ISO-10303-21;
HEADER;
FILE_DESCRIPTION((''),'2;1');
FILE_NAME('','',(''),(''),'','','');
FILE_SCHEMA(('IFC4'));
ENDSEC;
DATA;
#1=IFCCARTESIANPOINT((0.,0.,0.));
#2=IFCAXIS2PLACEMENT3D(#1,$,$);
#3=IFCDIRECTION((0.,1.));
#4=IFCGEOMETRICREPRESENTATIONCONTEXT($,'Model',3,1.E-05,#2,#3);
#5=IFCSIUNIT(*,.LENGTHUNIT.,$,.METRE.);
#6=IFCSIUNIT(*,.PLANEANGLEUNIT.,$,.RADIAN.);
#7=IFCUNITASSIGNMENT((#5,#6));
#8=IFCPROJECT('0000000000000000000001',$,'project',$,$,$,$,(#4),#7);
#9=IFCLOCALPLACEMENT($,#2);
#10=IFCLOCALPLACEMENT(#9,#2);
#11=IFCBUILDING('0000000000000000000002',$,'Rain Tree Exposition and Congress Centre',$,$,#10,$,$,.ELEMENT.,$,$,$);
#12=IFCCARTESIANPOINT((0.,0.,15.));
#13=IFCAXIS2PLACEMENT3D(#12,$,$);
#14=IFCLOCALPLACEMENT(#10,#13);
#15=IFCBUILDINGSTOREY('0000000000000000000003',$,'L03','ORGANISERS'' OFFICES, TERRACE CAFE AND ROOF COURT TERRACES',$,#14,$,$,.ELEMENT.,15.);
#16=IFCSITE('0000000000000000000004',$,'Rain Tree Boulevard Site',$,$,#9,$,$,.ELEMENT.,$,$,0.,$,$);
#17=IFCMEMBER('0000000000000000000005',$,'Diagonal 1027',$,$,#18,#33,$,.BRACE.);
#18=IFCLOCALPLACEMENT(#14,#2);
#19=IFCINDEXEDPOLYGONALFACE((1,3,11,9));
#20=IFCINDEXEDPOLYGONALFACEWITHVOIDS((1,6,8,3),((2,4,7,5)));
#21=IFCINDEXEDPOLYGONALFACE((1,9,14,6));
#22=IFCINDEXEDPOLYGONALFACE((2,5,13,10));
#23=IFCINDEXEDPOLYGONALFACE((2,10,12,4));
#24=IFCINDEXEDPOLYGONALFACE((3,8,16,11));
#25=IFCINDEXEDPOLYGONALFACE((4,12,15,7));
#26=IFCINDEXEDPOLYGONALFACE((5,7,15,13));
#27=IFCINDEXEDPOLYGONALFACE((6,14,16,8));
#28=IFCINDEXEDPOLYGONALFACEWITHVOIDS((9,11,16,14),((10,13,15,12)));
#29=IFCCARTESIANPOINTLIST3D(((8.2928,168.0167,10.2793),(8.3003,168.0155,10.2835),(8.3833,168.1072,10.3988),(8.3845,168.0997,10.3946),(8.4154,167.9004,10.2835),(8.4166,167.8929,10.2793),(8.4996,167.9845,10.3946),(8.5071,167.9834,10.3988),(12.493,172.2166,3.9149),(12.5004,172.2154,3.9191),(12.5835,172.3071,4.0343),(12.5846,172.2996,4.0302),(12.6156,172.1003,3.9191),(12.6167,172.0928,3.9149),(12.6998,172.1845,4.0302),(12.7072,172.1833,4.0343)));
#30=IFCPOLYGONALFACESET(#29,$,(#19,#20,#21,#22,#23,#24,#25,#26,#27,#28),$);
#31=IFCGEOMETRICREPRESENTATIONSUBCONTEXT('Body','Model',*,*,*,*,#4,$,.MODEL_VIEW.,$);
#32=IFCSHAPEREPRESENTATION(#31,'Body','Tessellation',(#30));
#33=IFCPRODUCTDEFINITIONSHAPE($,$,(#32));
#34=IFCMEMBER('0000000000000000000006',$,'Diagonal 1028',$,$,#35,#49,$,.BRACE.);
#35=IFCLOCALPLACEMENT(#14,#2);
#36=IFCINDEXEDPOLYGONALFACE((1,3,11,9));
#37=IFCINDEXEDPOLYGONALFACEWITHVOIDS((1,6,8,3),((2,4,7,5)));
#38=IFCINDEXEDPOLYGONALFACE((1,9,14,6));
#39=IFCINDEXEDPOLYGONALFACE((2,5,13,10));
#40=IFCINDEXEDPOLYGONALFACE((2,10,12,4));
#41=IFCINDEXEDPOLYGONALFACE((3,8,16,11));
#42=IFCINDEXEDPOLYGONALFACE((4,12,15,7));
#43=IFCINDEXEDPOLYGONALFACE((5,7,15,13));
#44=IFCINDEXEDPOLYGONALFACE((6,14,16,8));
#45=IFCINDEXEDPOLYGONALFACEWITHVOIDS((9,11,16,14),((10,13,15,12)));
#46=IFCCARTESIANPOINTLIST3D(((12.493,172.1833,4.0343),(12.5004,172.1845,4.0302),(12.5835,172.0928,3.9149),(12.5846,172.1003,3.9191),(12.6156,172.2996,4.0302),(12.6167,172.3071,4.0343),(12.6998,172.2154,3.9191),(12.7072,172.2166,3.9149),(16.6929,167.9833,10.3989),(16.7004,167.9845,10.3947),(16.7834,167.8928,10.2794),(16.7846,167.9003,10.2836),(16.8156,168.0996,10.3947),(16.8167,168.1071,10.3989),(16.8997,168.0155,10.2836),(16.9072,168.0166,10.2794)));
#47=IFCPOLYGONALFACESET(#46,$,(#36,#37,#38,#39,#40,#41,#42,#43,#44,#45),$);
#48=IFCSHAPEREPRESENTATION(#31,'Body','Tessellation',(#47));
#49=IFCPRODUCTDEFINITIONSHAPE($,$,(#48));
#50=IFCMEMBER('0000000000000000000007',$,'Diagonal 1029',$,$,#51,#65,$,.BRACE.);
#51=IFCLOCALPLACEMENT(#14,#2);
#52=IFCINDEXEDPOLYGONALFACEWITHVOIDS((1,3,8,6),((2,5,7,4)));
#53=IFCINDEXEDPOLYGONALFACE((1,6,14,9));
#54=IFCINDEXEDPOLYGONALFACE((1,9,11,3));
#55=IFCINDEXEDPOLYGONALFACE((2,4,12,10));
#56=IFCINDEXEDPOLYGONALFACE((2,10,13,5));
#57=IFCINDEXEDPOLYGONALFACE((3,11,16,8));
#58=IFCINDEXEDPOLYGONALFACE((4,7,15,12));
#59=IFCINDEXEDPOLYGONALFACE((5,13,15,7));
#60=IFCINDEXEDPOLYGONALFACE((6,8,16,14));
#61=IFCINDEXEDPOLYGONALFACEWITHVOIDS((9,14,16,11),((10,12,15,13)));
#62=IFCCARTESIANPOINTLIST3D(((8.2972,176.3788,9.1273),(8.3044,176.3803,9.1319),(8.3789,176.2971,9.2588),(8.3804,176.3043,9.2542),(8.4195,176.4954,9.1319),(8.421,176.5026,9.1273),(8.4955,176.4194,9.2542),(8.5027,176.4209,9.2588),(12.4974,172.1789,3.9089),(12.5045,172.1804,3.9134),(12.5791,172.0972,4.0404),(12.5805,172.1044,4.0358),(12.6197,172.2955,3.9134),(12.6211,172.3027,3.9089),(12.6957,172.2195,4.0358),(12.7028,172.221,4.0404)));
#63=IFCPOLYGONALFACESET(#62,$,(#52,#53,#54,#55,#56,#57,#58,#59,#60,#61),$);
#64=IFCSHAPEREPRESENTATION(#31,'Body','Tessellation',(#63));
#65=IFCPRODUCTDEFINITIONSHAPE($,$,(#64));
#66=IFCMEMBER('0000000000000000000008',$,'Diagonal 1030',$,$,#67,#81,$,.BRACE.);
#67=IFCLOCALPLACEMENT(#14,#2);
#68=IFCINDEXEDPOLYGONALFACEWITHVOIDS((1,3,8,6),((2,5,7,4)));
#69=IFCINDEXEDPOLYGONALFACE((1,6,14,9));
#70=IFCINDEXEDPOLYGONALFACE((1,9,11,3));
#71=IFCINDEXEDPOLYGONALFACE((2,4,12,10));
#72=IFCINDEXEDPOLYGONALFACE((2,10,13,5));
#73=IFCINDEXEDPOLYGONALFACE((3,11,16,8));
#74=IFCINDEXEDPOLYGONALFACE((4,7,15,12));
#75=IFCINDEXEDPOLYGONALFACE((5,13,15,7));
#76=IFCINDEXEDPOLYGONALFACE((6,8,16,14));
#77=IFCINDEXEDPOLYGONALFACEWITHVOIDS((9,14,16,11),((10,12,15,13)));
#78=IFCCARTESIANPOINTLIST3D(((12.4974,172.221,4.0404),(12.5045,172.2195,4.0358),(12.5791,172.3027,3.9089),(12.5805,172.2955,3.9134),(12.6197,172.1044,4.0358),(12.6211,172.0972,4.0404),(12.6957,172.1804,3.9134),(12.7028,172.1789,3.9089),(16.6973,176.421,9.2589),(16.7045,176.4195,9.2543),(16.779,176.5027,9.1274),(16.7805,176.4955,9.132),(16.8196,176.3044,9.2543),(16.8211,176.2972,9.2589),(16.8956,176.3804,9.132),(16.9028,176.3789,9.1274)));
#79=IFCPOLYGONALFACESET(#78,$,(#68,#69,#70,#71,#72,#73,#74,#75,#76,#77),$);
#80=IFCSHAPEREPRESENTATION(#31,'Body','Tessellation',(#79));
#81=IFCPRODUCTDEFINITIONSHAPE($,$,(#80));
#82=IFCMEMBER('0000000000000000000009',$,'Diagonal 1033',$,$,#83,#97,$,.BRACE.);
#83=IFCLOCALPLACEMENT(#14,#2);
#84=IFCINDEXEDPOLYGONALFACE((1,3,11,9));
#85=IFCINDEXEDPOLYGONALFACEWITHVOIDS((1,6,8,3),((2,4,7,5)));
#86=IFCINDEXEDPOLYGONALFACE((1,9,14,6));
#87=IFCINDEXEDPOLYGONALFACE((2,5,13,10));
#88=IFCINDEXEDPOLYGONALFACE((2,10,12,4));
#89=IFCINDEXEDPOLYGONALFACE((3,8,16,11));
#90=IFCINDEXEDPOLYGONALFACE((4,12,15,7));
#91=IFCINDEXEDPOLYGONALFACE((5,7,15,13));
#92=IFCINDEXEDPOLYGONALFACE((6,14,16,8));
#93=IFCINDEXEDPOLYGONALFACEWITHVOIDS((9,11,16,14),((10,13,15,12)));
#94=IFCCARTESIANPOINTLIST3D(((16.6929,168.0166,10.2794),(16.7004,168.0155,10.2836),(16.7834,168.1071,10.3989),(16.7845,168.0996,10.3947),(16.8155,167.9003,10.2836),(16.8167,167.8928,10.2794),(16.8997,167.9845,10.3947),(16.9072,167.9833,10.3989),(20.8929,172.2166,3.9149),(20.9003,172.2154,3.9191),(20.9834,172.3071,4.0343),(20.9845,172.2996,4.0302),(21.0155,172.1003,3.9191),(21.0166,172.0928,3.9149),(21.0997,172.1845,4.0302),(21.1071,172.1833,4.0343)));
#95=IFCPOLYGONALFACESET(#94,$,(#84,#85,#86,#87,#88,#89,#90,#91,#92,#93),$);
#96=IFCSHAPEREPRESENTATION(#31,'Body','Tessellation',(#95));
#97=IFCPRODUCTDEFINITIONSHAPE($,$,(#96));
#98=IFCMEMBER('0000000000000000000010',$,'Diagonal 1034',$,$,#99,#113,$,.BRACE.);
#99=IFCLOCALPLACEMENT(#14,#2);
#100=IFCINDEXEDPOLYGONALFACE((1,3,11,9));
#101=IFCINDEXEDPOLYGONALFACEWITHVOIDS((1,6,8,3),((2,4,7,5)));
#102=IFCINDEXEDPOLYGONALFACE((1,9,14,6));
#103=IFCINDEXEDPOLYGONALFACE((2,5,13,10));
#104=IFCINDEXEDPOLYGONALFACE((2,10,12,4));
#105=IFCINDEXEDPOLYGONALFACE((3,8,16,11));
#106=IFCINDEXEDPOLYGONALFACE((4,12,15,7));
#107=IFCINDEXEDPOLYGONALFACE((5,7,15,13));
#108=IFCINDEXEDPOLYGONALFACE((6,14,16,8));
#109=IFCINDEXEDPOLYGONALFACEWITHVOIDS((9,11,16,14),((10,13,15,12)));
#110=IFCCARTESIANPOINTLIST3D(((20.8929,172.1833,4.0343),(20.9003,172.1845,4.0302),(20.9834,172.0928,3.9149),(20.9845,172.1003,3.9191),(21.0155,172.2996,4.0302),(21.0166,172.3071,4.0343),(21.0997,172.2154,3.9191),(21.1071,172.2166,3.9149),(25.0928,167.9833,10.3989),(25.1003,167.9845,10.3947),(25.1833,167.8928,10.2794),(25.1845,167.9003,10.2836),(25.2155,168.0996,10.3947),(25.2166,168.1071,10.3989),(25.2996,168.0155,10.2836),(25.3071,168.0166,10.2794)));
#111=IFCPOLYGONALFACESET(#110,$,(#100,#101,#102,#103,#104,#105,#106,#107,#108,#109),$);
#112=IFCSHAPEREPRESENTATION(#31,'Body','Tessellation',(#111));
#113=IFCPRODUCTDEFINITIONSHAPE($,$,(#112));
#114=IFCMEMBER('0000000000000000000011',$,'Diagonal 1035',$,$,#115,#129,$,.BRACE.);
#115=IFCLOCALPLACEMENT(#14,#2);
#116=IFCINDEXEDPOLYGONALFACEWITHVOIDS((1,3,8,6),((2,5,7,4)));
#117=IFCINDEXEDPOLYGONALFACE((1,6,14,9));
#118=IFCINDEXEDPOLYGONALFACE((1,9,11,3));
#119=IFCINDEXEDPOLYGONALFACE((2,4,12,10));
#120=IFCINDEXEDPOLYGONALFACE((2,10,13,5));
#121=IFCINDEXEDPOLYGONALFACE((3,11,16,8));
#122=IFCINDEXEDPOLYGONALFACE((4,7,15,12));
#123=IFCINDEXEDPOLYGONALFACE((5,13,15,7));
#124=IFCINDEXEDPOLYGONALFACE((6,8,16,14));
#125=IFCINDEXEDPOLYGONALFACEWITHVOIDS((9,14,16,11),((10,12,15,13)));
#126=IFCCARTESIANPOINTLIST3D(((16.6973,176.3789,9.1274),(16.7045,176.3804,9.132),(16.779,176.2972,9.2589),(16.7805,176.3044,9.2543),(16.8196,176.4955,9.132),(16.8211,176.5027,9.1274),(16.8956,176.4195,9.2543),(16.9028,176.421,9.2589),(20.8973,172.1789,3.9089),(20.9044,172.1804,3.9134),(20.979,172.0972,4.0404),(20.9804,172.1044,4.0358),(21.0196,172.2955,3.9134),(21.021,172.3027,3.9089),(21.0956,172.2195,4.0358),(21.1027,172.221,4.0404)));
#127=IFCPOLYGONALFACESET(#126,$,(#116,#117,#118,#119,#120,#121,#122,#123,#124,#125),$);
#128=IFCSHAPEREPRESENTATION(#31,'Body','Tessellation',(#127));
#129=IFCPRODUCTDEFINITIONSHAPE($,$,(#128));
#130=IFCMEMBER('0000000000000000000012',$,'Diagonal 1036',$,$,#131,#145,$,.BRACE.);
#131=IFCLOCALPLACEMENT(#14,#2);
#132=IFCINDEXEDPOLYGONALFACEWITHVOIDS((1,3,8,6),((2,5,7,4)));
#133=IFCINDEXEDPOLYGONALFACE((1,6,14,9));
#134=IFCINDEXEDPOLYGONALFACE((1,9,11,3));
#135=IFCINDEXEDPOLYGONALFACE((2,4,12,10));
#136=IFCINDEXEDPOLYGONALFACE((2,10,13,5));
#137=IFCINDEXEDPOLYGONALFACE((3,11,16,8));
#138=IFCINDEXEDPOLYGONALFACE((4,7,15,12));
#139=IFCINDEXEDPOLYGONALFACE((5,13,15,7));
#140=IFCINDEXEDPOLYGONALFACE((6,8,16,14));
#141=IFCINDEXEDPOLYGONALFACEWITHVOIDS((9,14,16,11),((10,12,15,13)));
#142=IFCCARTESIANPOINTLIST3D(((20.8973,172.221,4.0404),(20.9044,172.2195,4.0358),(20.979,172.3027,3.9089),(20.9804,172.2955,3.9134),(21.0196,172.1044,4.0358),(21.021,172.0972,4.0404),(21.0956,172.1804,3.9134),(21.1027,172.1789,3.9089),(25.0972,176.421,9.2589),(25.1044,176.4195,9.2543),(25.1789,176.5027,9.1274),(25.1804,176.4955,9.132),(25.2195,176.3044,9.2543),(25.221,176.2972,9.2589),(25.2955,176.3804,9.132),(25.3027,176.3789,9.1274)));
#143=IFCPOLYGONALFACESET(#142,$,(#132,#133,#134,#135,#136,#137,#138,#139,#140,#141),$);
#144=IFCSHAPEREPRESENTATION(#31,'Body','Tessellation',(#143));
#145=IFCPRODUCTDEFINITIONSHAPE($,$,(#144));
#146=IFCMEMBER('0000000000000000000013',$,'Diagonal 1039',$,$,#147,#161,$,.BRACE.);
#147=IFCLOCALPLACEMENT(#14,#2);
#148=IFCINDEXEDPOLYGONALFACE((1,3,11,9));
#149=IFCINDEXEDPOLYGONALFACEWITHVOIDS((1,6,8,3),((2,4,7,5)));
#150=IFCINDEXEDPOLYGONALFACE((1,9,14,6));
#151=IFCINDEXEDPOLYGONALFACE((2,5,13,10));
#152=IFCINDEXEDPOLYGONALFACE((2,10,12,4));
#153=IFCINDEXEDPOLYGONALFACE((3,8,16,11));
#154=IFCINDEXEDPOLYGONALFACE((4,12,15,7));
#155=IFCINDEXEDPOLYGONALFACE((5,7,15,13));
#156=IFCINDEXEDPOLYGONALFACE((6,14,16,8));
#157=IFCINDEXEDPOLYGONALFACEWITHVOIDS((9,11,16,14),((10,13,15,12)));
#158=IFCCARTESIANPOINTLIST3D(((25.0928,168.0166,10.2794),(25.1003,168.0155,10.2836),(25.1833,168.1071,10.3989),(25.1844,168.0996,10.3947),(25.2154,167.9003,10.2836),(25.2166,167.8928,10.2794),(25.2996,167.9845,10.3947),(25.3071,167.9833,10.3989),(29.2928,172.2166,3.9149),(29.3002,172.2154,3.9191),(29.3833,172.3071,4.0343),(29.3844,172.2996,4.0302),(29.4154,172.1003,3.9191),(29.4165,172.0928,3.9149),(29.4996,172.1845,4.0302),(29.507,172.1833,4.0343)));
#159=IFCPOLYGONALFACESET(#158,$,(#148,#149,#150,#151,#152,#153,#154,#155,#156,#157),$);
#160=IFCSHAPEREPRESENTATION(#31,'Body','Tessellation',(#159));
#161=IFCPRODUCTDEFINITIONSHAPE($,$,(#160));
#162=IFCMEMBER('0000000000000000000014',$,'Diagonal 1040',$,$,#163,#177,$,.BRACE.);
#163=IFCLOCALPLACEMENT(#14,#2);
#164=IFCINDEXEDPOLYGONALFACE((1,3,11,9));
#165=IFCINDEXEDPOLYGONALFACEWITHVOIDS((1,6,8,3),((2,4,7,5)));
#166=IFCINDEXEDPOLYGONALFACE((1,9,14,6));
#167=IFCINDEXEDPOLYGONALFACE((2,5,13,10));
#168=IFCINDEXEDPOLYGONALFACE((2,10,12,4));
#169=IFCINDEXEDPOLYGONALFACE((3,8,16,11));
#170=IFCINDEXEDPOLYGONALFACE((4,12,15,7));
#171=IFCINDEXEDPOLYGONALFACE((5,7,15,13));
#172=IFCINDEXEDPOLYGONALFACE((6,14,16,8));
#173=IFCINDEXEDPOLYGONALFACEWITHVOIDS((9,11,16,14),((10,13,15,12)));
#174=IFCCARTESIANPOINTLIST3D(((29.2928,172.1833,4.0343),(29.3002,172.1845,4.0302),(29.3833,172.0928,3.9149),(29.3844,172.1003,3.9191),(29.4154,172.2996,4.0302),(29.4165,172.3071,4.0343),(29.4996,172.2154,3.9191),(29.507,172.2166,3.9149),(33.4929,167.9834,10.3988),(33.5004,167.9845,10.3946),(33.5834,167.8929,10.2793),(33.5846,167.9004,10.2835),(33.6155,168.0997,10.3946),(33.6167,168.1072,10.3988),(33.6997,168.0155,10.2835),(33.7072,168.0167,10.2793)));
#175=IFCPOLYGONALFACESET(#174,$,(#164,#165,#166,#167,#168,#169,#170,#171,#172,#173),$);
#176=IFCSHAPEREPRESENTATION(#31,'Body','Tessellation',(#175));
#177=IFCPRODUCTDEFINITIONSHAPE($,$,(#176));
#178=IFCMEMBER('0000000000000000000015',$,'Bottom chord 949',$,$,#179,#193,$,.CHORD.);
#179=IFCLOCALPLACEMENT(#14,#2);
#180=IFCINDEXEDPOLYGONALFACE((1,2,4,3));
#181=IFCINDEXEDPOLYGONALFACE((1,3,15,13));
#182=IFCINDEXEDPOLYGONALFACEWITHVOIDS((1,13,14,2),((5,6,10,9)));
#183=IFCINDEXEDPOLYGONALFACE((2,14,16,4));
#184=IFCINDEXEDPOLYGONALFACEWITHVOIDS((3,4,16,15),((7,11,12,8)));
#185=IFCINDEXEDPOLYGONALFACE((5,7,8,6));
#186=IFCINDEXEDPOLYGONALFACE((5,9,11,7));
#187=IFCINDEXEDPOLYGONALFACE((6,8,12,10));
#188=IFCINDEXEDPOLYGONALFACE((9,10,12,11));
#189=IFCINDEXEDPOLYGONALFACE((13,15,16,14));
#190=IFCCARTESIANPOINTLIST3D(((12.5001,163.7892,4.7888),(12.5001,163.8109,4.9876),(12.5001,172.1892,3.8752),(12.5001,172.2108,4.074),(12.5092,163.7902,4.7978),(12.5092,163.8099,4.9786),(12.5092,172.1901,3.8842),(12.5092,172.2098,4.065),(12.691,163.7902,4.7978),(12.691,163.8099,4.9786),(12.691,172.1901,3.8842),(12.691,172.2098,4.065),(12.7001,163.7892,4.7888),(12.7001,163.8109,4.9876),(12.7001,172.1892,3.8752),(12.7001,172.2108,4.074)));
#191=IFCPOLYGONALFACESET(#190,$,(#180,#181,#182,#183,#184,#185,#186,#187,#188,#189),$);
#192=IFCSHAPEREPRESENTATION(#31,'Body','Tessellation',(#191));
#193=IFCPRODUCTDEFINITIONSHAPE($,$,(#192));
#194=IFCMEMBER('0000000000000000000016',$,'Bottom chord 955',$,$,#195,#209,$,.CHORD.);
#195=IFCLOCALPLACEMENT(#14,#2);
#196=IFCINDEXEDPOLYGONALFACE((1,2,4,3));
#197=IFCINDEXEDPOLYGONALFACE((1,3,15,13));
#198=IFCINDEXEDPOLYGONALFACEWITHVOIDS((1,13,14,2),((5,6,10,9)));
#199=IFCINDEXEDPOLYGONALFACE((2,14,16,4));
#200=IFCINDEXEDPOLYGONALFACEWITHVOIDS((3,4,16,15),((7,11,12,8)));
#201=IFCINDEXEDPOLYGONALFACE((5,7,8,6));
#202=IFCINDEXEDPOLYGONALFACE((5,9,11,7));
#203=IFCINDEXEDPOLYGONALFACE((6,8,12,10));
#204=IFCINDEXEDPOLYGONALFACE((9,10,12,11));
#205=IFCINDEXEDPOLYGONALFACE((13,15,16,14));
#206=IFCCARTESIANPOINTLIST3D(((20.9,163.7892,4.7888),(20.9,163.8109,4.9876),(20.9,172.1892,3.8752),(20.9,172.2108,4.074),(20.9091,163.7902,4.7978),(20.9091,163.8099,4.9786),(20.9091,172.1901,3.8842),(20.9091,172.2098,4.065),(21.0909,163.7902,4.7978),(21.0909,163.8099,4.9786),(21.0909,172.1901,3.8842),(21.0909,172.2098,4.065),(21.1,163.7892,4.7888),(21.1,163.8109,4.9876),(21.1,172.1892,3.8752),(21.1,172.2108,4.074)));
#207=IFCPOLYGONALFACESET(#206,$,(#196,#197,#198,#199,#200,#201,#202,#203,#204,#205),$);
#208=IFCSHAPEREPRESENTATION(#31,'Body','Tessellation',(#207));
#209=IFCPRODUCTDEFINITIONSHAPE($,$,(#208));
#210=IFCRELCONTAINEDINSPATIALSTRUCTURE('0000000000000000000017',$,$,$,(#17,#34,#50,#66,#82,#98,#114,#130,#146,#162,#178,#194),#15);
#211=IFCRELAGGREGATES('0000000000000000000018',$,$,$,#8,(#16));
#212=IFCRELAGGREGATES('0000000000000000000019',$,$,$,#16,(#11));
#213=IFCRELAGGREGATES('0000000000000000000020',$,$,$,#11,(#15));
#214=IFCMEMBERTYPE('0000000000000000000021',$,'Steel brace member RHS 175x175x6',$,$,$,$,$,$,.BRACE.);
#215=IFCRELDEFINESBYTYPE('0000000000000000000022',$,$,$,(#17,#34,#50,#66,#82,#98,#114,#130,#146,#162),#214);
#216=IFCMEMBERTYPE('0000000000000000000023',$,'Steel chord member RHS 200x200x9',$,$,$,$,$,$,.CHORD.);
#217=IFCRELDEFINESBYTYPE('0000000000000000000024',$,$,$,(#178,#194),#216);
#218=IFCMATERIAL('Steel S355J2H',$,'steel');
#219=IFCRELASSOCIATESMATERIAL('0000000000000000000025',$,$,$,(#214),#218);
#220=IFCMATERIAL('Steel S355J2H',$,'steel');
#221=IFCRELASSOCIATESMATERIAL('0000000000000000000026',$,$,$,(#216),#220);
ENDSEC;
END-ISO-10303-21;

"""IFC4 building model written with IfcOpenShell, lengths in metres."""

from ifc_helpers import new_model, si_unit, direction, frame, origin, origin_2d, place, context, subcontext, project, spatial, hollow_rectangle, extrude, material, material_profile, profile_set, type_object, element, save


model = new_model("IFC4")

# Units and contexts
model_context = context("Model", 3, precision=1e-05, world=origin(), true_north=direction((0.0, 1.0)))
body_context = subcontext(model_context, "Body", "Model", "MODEL_VIEW")
ifc_project = project(units=[si_unit("LENGTHUNIT", "METRE"), si_unit("PLANEANGLEUNIT", "RADIAN")], contexts=[model_context])

# Site, building, storey
site_placement = place(None, origin())
site = spatial("IfcSite", under=ifc_project, at=site_placement, Name="Rain Tree Boulevard Site", CompositionType="ELEMENT", RefElevation=0.0)
building_placement = place(site_placement, origin())
building = spatial("IfcBuilding", under=site, at=building_placement, Name="Rain Tree Exposition and Congress Centre", CompositionType="ELEMENT")
storey_placement = place(building_placement, frame((0.0, 0.0, 15.0)))
storey = spatial("IfcBuildingStorey", under=building, at=storey_placement, Name="L03", Description="ORGANISERS' OFFICES, TERRACE CAFE AND ROOF COURT TERRACES", CompositionType="ELEMENT", Elevation=15.0)

# Members
ifc_material_1 = material(Name="Steel S355J2H", Category="steel")
ifc_material_profile_1 = material_profile(ifc_material_1, hollow_rectangle(XDim=0.175, YDim=0.175, WallThickness=0.0061, at=origin_2d()), Name="RHS 175x175x6")
ifc_profile_set_1 = profile_set([ifc_material_profile_1], Name="Steel S355J2H")
member_type_1 = type_object("IfcMemberType", Name="Steel brace member RHS 175x175x6", PredefinedType="BRACE", material=ifc_profile_set_1)
for number, where, z_axis, x_axis, name in (
    (1, (12.6001, 172.2, 3.9746), (-0.482468, -0.48244, 0.731078), (0.707086, -0.707127, 0.0), "Diagonal 1027"),
    (2, (12.6001, 172.2, 3.9746), (0.482447, -0.482447, 0.731088), (0.707107, 0.707107, 0.0), "Diagonal 1028"),
):
    element("IfcMember", number, at=place(storey_placement, frame(where, z_axis=z_axis, x_axis=x_axis)), inside=storey, type_object=member_type_1, Name=name, PredefinedType="BRACE", context=body_context, shape_type="SweptSolid", body=[
        extrude(hollow_rectangle(XDim=0.175, YDim=0.175, WallThickness=0.0061, at=origin_2d()), origin(), (0.0, 0.0, 1.0), 8.7056),
    ])
for number, where, z_axis, x_axis, name in (
    (3, (12.6001, 172.2, 3.9746), (-0.531228, 0.531197, 0.66002), (-0.707086, -0.707127, 0.0), "Diagonal 1029"),
    (4, (12.6001, 172.2, 3.9746), (0.531206, 0.531206, 0.660031), (-0.707107, 0.707107, 0.0), "Diagonal 1030"),
):
    element("IfcMember", number, at=place(storey_placement, frame(where, z_axis=z_axis, x_axis=x_axis)), inside=storey, type_object=member_type_1, Name=name, PredefinedType="BRACE", context=body_context, shape_type="SweptSolid", body=[
        extrude(hollow_rectangle(XDim=0.175, YDim=0.175, WallThickness=0.0061, at=origin_2d()), origin(), (0.0, 0.0, 1.0), 7.9065),
    ])
for number, where, z_axis, x_axis, name in (
    (5, (21.0, 172.2, 3.9746), (-0.482447, -0.482447, 0.731088), (0.707107, -0.707107, 0.0), "Diagonal 1033"),
    (6, (21.0, 172.2, 3.9746), (0.482447, -0.482447, 0.731088), (0.707107, 0.707107, 0.0), "Diagonal 1034"),
):
    element("IfcMember", number, at=place(storey_placement, frame(where, z_axis=z_axis, x_axis=x_axis)), inside=storey, type_object=member_type_1, Name=name, PredefinedType="BRACE", context=body_context, shape_type="SweptSolid", body=[
        extrude(hollow_rectangle(XDim=0.175, YDim=0.175, WallThickness=0.0061, at=origin_2d()), origin(), (0.0, 0.0, 1.0), 8.7056),
    ])
for number, where, z_axis, x_axis, name in (
    (7, (21.0, 172.2, 3.9746), (-0.531206, 0.531206, 0.660031), (-0.707107, -0.707107, 0.0), "Diagonal 1035"),
    (8, (21.0, 172.2, 3.9746), (0.531206, 0.531206, 0.660031), (-0.707107, 0.707107, 0.0), "Diagonal 1036"),
):
    element("IfcMember", number, at=place(storey_placement, frame(where, z_axis=z_axis, x_axis=x_axis)), inside=storey, type_object=member_type_1, Name=name, PredefinedType="BRACE", context=body_context, shape_type="SweptSolid", body=[
        extrude(hollow_rectangle(XDim=0.175, YDim=0.175, WallThickness=0.0061, at=origin_2d()), origin(), (0.0, 0.0, 1.0), 7.9065),
    ])
for number, where, z_axis, x_axis, name in (
    (9, (29.3999, 172.2, 3.9746), (-0.482447, -0.482447, 0.731088), (0.707107, -0.707107, 0.0), "Diagonal 1039"),
    (10, (29.3999, 172.2, 3.9746), (0.482468, -0.48244, 0.731078), (0.707086, 0.707127, 0.0), "Diagonal 1040"),
):
    element("IfcMember", number, at=place(storey_placement, frame(where, z_axis=z_axis, x_axis=x_axis)), inside=storey, type_object=member_type_1, Name=name, PredefinedType="BRACE", context=body_context, shape_type="SweptSolid", body=[
        extrude(hollow_rectangle(XDim=0.175, YDim=0.175, WallThickness=0.0061, at=origin_2d()), origin(), (0.0, 0.0, 1.0), 8.7056),
    ])
ifc_material_2 = material(Name="Steel S355J2H", Category="steel")
ifc_material_profile_2 = material_profile(ifc_material_2, hollow_rectangle(XDim=0.2, YDim=0.2, WallThickness=0.009, at=origin_2d()), Name="RHS 200x200x9")
ifc_profile_set_2 = profile_set([ifc_material_profile_2], Name="Steel S355J2H")
member_type_2 = type_object("IfcMemberType", Name="Steel chord member RHS 200x200x9", PredefinedType="CHORD", material=ifc_profile_set_2)
for number, where, z_axis, x_axis, name in (
    (11, (12.6001, 163.8, 4.8882), (0.0, 0.994138, -0.108123), (-1.0, 0.0, 0.0), "Bottom chord 949"),
    (12, (21.0, 163.8, 4.8882), (0.0, 0.994138, -0.108123), (-1.0, 0.0, 0.0), "Bottom chord 955"),
):
    element("IfcMember", number, at=place(storey_placement, frame(where, z_axis=z_axis, x_axis=x_axis)), inside=storey, type_object=member_type_2, Name=name, PredefinedType="CHORD", context=body_context, shape_type="SweptSolid", body=[
        extrude(hollow_rectangle(XDim=0.2, YDim=0.2, WallThickness=0.009, at=origin_2d()), origin(), (0.0, 0.0, 1.0), 8.4495),
    ])

save(model, "model.ifc")
